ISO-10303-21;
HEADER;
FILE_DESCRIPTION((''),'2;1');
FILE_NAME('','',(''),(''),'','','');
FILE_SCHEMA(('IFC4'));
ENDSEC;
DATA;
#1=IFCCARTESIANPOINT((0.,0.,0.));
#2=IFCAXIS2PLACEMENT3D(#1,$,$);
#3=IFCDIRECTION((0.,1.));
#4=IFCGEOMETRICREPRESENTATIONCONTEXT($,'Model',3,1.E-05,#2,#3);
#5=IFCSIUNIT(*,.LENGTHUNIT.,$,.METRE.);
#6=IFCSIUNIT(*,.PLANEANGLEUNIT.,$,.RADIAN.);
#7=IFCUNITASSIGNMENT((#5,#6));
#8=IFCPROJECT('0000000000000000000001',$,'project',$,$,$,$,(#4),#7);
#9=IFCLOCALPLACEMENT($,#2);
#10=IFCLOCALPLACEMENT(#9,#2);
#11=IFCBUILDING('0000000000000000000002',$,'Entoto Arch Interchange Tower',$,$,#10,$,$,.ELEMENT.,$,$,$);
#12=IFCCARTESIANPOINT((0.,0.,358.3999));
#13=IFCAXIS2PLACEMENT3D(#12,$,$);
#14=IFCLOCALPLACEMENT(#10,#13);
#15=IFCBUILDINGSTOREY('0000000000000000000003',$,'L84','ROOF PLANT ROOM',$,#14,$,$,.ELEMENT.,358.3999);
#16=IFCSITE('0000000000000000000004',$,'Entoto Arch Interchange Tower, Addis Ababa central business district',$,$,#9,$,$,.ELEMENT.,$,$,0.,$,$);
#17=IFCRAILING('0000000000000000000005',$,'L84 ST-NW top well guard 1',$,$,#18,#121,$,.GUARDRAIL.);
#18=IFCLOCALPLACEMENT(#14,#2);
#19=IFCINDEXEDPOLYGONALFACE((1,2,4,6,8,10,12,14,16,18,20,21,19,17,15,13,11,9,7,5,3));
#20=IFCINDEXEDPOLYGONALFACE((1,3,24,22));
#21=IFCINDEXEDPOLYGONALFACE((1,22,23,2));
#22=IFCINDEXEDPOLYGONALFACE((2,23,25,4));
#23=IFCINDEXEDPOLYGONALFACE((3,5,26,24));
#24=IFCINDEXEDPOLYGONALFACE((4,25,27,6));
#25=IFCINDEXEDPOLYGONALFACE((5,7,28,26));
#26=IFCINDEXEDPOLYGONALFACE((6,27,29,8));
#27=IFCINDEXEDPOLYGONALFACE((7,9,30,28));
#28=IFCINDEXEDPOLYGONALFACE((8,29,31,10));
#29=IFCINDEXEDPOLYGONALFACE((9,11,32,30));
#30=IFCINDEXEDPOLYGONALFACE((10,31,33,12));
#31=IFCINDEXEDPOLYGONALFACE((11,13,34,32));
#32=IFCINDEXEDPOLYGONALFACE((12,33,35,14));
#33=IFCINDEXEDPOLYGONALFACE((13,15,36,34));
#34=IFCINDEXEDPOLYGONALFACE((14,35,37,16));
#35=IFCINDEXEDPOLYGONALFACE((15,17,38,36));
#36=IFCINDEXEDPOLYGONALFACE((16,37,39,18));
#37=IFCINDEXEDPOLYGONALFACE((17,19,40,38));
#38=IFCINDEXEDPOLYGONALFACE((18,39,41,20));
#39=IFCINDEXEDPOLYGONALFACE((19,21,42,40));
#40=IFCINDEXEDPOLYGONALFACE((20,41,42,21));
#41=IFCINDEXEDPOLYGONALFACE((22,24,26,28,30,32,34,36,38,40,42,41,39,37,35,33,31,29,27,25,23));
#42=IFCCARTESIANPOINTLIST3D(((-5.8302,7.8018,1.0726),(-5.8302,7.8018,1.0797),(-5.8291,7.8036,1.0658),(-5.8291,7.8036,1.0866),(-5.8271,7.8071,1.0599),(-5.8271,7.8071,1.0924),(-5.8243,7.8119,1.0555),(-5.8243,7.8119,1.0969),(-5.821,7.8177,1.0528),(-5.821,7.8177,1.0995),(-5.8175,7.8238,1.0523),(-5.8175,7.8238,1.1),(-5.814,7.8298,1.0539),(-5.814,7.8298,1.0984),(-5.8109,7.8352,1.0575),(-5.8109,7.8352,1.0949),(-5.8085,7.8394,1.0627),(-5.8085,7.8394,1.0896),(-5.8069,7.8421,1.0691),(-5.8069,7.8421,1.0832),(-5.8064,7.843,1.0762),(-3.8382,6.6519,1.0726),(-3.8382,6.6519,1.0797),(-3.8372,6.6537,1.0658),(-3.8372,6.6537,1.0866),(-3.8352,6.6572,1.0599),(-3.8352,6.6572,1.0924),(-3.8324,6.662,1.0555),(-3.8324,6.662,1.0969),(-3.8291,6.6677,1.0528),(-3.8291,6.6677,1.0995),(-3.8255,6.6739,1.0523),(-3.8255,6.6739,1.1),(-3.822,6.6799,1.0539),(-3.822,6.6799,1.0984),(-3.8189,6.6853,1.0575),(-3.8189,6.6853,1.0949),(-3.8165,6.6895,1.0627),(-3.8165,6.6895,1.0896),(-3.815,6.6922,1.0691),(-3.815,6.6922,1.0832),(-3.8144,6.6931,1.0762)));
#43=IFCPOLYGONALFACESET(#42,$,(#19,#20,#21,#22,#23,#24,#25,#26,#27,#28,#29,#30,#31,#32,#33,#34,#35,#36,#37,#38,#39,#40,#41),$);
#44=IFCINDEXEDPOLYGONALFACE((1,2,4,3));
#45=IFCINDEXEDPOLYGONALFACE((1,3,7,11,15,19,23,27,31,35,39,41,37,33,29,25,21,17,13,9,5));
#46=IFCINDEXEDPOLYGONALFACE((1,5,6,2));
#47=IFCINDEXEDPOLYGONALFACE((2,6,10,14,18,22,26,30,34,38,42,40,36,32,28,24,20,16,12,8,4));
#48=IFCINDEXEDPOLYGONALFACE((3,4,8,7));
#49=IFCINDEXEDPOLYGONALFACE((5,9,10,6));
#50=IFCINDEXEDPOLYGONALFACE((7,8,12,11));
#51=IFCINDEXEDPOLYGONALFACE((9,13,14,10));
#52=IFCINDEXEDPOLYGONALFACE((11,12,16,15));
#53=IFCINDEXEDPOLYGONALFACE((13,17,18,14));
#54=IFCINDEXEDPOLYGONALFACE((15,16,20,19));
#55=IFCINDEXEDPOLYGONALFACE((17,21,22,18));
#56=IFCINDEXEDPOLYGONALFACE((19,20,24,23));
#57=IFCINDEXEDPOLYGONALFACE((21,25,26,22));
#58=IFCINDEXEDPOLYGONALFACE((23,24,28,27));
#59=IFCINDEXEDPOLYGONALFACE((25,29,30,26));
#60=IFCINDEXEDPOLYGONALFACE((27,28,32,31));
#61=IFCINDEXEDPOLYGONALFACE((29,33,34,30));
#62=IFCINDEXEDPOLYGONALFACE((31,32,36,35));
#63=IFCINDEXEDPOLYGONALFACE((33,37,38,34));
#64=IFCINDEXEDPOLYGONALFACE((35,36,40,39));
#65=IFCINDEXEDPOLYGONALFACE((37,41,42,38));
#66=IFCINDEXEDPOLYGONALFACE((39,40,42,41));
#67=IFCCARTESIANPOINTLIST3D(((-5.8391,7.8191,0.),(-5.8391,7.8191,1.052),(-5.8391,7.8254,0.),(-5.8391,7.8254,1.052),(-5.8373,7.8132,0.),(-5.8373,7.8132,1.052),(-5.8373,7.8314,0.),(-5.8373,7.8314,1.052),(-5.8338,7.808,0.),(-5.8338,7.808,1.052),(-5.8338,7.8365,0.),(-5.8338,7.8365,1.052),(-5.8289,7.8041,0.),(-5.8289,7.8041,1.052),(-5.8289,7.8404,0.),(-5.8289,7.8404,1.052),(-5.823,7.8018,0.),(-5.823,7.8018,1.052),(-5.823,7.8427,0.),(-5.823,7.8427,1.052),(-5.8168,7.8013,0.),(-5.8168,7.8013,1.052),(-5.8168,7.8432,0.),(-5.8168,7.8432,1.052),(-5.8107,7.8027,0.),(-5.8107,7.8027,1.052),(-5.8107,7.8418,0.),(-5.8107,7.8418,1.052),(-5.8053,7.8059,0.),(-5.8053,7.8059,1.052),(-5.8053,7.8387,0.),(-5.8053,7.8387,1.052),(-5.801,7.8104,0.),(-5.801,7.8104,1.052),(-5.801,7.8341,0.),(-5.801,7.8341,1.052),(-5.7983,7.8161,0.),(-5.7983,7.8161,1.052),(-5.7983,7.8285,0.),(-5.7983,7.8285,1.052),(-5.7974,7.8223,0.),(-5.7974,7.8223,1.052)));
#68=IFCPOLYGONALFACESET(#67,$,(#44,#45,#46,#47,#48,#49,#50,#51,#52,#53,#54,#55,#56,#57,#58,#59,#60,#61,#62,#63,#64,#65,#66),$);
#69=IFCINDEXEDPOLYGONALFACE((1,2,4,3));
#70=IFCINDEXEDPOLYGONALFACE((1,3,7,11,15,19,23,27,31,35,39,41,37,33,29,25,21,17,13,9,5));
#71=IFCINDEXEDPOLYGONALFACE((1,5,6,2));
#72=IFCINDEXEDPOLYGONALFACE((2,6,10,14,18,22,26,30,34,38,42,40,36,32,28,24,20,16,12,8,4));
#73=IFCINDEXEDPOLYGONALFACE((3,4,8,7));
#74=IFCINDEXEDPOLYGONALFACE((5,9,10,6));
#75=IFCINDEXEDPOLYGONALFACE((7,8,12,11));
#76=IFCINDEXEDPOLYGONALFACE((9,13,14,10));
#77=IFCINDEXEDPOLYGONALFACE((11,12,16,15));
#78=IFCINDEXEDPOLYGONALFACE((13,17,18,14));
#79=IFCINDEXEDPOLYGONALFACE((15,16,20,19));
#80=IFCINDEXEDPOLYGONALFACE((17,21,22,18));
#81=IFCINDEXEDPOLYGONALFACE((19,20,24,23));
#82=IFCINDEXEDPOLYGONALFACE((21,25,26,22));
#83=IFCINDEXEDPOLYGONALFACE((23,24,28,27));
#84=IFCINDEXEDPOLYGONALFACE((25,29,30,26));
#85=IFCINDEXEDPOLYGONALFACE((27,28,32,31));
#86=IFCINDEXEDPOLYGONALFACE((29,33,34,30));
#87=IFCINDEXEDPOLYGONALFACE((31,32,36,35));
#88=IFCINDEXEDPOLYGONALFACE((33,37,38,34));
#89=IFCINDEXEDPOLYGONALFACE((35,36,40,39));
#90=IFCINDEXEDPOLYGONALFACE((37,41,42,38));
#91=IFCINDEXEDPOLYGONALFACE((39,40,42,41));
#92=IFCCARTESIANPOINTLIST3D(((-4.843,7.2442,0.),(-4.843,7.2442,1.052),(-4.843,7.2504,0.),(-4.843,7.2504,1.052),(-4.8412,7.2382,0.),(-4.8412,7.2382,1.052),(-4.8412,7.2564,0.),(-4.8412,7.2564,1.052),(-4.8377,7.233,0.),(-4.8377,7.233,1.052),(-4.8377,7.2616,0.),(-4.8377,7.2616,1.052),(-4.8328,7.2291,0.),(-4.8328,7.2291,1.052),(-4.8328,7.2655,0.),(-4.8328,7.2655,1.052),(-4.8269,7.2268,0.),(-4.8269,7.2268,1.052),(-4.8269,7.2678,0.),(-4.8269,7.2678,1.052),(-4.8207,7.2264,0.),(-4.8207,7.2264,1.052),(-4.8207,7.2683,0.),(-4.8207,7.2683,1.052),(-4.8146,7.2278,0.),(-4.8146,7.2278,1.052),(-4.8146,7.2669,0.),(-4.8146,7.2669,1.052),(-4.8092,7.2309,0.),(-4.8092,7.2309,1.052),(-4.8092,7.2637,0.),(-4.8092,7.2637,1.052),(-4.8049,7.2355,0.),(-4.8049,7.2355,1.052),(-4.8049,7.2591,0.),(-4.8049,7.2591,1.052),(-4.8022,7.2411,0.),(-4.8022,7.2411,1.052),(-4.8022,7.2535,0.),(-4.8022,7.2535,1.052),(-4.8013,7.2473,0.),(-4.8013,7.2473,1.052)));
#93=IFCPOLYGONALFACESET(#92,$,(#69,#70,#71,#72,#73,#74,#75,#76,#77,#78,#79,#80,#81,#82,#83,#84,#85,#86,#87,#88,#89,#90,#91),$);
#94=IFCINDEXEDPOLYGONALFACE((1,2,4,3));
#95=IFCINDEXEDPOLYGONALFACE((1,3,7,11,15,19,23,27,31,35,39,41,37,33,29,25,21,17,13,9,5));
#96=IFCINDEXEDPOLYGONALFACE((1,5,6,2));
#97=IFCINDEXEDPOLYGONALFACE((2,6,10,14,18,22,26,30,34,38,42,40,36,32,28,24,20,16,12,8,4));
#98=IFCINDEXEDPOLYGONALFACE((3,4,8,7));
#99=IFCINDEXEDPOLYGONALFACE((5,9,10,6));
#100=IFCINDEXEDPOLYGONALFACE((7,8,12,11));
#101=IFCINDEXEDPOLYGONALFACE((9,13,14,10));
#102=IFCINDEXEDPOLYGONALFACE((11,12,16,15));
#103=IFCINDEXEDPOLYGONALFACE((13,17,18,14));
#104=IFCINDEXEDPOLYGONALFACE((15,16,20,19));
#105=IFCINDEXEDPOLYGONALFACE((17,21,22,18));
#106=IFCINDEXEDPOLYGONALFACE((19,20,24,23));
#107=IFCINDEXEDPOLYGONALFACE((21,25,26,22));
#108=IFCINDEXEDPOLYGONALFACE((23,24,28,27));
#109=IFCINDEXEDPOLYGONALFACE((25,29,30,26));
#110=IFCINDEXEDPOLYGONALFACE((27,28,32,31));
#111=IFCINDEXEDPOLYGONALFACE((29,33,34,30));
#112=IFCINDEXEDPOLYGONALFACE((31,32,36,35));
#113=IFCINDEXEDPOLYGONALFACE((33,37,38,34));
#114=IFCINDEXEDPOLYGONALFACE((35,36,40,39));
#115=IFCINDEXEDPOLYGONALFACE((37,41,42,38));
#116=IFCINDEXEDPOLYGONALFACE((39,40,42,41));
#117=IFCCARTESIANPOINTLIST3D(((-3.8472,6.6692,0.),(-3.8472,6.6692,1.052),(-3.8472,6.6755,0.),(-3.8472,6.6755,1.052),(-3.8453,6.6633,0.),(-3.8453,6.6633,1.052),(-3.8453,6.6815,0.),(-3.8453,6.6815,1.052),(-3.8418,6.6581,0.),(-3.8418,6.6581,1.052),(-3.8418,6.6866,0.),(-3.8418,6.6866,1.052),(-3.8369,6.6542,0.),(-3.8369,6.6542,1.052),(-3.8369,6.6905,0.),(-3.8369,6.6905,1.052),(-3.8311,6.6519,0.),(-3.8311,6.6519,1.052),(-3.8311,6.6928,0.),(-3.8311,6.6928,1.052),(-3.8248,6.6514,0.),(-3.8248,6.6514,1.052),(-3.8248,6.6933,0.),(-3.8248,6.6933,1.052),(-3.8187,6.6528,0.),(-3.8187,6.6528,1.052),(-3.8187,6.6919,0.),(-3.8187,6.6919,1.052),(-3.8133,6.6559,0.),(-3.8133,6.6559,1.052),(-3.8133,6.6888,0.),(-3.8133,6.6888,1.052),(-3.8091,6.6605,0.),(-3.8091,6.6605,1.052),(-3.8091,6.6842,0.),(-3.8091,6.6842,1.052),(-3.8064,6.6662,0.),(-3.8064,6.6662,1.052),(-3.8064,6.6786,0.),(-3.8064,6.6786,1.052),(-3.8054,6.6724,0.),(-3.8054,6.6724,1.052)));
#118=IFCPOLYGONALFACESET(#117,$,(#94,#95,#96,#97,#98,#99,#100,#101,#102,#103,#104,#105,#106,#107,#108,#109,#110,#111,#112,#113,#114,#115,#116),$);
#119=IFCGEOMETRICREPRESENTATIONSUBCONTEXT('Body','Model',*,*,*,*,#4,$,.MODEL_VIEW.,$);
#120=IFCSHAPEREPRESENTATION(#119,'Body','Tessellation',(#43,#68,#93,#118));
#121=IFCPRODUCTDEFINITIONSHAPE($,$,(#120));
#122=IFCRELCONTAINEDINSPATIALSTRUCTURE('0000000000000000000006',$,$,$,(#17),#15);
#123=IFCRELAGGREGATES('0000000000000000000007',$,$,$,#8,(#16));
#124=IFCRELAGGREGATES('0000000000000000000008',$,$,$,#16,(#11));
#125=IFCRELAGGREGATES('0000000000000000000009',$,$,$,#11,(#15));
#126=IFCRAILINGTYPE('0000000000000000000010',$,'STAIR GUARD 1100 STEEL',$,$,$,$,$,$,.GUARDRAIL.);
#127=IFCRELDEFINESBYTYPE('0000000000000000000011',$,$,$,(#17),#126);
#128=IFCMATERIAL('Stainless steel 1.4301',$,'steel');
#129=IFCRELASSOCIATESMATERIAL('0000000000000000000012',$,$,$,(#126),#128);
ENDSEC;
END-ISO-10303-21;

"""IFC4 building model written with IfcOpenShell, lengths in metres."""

from ifc_helpers import new_model, si_unit, direction, frame, origin, origin_2d, place, context, subcontext, project, spatial, circle, extrude, material, type_object, element, save


model = new_model("IFC4")

# Units and contexts
model_context = context("Model", 3, precision=1e-05, world=origin(), true_north=direction((0.0, 1.0)))
body_context = subcontext(model_context, "Body", "Model", "MODEL_VIEW")
ifc_project = project(units=[si_unit("LENGTHUNIT", "METRE"), si_unit("PLANEANGLEUNIT", "RADIAN")], contexts=[model_context])

# Site, building, storey
site_placement = place(None, origin())
site = spatial("IfcSite", under=ifc_project, at=site_placement, Name="Entoto Arch Interchange Tower, Addis Ababa central business district", CompositionType="ELEMENT", RefElevation=0.0)
building_placement = place(site_placement, origin())
building = spatial("IfcBuilding", under=site, at=building_placement, Name="Entoto Arch Interchange Tower", CompositionType="ELEMENT")
storey_placement = place(building_placement, frame((0.0, 0.0, 358.3999)))
storey = spatial("IfcBuildingStorey", under=building, at=storey_placement, Name="L84", Description="ROOF PLANT ROOM", CompositionType="ELEMENT", Elevation=358.3999)

# Railing
ifc_material_1 = material(Name="Stainless steel 1.4301", Category="steel")
railing_type = type_object("IfcRailingType", Name="STAIR GUARD 1100 STEEL", PredefinedType="GUARDRAIL", material=ifc_material_1)
railing_placement = place(storey_placement, frame((-5.8184, 7.8223, 0.0)))
element("IfcRailing", 1, at=railing_placement, inside=storey, type_object=railing_type, Name="L84 ST-NW top well guard 1", PredefinedType="GUARDRAIL", context=body_context, shape_type="SweptSolid", body=[
    extrude(circle(Radius=0.0239, at=origin_2d()), frame((0.0, 0.0, 1.0762), z_axis=(0.866053, -0.499952, 0.0), x_axis=(0.499952, 0.866053, 0.0)), (0.0, 0.0, 1.0), 2.3),
    extrude(circle(Radius=0.021, at=origin_2d()), origin(), (0.0, 0.0, 1.0), 1.052),
    extrude(circle(Radius=0.021, at=origin_2d()), frame((0.9961, -0.575, 0.0)), (0.0, 0.0, 1.0), 1.052),
    extrude(circle(Radius=0.021, at=origin_2d()), frame((1.9919, -1.1499, 0.0)), (0.0, 0.0, 1.0), 1.052),
])

save(model, "model.ifc")
